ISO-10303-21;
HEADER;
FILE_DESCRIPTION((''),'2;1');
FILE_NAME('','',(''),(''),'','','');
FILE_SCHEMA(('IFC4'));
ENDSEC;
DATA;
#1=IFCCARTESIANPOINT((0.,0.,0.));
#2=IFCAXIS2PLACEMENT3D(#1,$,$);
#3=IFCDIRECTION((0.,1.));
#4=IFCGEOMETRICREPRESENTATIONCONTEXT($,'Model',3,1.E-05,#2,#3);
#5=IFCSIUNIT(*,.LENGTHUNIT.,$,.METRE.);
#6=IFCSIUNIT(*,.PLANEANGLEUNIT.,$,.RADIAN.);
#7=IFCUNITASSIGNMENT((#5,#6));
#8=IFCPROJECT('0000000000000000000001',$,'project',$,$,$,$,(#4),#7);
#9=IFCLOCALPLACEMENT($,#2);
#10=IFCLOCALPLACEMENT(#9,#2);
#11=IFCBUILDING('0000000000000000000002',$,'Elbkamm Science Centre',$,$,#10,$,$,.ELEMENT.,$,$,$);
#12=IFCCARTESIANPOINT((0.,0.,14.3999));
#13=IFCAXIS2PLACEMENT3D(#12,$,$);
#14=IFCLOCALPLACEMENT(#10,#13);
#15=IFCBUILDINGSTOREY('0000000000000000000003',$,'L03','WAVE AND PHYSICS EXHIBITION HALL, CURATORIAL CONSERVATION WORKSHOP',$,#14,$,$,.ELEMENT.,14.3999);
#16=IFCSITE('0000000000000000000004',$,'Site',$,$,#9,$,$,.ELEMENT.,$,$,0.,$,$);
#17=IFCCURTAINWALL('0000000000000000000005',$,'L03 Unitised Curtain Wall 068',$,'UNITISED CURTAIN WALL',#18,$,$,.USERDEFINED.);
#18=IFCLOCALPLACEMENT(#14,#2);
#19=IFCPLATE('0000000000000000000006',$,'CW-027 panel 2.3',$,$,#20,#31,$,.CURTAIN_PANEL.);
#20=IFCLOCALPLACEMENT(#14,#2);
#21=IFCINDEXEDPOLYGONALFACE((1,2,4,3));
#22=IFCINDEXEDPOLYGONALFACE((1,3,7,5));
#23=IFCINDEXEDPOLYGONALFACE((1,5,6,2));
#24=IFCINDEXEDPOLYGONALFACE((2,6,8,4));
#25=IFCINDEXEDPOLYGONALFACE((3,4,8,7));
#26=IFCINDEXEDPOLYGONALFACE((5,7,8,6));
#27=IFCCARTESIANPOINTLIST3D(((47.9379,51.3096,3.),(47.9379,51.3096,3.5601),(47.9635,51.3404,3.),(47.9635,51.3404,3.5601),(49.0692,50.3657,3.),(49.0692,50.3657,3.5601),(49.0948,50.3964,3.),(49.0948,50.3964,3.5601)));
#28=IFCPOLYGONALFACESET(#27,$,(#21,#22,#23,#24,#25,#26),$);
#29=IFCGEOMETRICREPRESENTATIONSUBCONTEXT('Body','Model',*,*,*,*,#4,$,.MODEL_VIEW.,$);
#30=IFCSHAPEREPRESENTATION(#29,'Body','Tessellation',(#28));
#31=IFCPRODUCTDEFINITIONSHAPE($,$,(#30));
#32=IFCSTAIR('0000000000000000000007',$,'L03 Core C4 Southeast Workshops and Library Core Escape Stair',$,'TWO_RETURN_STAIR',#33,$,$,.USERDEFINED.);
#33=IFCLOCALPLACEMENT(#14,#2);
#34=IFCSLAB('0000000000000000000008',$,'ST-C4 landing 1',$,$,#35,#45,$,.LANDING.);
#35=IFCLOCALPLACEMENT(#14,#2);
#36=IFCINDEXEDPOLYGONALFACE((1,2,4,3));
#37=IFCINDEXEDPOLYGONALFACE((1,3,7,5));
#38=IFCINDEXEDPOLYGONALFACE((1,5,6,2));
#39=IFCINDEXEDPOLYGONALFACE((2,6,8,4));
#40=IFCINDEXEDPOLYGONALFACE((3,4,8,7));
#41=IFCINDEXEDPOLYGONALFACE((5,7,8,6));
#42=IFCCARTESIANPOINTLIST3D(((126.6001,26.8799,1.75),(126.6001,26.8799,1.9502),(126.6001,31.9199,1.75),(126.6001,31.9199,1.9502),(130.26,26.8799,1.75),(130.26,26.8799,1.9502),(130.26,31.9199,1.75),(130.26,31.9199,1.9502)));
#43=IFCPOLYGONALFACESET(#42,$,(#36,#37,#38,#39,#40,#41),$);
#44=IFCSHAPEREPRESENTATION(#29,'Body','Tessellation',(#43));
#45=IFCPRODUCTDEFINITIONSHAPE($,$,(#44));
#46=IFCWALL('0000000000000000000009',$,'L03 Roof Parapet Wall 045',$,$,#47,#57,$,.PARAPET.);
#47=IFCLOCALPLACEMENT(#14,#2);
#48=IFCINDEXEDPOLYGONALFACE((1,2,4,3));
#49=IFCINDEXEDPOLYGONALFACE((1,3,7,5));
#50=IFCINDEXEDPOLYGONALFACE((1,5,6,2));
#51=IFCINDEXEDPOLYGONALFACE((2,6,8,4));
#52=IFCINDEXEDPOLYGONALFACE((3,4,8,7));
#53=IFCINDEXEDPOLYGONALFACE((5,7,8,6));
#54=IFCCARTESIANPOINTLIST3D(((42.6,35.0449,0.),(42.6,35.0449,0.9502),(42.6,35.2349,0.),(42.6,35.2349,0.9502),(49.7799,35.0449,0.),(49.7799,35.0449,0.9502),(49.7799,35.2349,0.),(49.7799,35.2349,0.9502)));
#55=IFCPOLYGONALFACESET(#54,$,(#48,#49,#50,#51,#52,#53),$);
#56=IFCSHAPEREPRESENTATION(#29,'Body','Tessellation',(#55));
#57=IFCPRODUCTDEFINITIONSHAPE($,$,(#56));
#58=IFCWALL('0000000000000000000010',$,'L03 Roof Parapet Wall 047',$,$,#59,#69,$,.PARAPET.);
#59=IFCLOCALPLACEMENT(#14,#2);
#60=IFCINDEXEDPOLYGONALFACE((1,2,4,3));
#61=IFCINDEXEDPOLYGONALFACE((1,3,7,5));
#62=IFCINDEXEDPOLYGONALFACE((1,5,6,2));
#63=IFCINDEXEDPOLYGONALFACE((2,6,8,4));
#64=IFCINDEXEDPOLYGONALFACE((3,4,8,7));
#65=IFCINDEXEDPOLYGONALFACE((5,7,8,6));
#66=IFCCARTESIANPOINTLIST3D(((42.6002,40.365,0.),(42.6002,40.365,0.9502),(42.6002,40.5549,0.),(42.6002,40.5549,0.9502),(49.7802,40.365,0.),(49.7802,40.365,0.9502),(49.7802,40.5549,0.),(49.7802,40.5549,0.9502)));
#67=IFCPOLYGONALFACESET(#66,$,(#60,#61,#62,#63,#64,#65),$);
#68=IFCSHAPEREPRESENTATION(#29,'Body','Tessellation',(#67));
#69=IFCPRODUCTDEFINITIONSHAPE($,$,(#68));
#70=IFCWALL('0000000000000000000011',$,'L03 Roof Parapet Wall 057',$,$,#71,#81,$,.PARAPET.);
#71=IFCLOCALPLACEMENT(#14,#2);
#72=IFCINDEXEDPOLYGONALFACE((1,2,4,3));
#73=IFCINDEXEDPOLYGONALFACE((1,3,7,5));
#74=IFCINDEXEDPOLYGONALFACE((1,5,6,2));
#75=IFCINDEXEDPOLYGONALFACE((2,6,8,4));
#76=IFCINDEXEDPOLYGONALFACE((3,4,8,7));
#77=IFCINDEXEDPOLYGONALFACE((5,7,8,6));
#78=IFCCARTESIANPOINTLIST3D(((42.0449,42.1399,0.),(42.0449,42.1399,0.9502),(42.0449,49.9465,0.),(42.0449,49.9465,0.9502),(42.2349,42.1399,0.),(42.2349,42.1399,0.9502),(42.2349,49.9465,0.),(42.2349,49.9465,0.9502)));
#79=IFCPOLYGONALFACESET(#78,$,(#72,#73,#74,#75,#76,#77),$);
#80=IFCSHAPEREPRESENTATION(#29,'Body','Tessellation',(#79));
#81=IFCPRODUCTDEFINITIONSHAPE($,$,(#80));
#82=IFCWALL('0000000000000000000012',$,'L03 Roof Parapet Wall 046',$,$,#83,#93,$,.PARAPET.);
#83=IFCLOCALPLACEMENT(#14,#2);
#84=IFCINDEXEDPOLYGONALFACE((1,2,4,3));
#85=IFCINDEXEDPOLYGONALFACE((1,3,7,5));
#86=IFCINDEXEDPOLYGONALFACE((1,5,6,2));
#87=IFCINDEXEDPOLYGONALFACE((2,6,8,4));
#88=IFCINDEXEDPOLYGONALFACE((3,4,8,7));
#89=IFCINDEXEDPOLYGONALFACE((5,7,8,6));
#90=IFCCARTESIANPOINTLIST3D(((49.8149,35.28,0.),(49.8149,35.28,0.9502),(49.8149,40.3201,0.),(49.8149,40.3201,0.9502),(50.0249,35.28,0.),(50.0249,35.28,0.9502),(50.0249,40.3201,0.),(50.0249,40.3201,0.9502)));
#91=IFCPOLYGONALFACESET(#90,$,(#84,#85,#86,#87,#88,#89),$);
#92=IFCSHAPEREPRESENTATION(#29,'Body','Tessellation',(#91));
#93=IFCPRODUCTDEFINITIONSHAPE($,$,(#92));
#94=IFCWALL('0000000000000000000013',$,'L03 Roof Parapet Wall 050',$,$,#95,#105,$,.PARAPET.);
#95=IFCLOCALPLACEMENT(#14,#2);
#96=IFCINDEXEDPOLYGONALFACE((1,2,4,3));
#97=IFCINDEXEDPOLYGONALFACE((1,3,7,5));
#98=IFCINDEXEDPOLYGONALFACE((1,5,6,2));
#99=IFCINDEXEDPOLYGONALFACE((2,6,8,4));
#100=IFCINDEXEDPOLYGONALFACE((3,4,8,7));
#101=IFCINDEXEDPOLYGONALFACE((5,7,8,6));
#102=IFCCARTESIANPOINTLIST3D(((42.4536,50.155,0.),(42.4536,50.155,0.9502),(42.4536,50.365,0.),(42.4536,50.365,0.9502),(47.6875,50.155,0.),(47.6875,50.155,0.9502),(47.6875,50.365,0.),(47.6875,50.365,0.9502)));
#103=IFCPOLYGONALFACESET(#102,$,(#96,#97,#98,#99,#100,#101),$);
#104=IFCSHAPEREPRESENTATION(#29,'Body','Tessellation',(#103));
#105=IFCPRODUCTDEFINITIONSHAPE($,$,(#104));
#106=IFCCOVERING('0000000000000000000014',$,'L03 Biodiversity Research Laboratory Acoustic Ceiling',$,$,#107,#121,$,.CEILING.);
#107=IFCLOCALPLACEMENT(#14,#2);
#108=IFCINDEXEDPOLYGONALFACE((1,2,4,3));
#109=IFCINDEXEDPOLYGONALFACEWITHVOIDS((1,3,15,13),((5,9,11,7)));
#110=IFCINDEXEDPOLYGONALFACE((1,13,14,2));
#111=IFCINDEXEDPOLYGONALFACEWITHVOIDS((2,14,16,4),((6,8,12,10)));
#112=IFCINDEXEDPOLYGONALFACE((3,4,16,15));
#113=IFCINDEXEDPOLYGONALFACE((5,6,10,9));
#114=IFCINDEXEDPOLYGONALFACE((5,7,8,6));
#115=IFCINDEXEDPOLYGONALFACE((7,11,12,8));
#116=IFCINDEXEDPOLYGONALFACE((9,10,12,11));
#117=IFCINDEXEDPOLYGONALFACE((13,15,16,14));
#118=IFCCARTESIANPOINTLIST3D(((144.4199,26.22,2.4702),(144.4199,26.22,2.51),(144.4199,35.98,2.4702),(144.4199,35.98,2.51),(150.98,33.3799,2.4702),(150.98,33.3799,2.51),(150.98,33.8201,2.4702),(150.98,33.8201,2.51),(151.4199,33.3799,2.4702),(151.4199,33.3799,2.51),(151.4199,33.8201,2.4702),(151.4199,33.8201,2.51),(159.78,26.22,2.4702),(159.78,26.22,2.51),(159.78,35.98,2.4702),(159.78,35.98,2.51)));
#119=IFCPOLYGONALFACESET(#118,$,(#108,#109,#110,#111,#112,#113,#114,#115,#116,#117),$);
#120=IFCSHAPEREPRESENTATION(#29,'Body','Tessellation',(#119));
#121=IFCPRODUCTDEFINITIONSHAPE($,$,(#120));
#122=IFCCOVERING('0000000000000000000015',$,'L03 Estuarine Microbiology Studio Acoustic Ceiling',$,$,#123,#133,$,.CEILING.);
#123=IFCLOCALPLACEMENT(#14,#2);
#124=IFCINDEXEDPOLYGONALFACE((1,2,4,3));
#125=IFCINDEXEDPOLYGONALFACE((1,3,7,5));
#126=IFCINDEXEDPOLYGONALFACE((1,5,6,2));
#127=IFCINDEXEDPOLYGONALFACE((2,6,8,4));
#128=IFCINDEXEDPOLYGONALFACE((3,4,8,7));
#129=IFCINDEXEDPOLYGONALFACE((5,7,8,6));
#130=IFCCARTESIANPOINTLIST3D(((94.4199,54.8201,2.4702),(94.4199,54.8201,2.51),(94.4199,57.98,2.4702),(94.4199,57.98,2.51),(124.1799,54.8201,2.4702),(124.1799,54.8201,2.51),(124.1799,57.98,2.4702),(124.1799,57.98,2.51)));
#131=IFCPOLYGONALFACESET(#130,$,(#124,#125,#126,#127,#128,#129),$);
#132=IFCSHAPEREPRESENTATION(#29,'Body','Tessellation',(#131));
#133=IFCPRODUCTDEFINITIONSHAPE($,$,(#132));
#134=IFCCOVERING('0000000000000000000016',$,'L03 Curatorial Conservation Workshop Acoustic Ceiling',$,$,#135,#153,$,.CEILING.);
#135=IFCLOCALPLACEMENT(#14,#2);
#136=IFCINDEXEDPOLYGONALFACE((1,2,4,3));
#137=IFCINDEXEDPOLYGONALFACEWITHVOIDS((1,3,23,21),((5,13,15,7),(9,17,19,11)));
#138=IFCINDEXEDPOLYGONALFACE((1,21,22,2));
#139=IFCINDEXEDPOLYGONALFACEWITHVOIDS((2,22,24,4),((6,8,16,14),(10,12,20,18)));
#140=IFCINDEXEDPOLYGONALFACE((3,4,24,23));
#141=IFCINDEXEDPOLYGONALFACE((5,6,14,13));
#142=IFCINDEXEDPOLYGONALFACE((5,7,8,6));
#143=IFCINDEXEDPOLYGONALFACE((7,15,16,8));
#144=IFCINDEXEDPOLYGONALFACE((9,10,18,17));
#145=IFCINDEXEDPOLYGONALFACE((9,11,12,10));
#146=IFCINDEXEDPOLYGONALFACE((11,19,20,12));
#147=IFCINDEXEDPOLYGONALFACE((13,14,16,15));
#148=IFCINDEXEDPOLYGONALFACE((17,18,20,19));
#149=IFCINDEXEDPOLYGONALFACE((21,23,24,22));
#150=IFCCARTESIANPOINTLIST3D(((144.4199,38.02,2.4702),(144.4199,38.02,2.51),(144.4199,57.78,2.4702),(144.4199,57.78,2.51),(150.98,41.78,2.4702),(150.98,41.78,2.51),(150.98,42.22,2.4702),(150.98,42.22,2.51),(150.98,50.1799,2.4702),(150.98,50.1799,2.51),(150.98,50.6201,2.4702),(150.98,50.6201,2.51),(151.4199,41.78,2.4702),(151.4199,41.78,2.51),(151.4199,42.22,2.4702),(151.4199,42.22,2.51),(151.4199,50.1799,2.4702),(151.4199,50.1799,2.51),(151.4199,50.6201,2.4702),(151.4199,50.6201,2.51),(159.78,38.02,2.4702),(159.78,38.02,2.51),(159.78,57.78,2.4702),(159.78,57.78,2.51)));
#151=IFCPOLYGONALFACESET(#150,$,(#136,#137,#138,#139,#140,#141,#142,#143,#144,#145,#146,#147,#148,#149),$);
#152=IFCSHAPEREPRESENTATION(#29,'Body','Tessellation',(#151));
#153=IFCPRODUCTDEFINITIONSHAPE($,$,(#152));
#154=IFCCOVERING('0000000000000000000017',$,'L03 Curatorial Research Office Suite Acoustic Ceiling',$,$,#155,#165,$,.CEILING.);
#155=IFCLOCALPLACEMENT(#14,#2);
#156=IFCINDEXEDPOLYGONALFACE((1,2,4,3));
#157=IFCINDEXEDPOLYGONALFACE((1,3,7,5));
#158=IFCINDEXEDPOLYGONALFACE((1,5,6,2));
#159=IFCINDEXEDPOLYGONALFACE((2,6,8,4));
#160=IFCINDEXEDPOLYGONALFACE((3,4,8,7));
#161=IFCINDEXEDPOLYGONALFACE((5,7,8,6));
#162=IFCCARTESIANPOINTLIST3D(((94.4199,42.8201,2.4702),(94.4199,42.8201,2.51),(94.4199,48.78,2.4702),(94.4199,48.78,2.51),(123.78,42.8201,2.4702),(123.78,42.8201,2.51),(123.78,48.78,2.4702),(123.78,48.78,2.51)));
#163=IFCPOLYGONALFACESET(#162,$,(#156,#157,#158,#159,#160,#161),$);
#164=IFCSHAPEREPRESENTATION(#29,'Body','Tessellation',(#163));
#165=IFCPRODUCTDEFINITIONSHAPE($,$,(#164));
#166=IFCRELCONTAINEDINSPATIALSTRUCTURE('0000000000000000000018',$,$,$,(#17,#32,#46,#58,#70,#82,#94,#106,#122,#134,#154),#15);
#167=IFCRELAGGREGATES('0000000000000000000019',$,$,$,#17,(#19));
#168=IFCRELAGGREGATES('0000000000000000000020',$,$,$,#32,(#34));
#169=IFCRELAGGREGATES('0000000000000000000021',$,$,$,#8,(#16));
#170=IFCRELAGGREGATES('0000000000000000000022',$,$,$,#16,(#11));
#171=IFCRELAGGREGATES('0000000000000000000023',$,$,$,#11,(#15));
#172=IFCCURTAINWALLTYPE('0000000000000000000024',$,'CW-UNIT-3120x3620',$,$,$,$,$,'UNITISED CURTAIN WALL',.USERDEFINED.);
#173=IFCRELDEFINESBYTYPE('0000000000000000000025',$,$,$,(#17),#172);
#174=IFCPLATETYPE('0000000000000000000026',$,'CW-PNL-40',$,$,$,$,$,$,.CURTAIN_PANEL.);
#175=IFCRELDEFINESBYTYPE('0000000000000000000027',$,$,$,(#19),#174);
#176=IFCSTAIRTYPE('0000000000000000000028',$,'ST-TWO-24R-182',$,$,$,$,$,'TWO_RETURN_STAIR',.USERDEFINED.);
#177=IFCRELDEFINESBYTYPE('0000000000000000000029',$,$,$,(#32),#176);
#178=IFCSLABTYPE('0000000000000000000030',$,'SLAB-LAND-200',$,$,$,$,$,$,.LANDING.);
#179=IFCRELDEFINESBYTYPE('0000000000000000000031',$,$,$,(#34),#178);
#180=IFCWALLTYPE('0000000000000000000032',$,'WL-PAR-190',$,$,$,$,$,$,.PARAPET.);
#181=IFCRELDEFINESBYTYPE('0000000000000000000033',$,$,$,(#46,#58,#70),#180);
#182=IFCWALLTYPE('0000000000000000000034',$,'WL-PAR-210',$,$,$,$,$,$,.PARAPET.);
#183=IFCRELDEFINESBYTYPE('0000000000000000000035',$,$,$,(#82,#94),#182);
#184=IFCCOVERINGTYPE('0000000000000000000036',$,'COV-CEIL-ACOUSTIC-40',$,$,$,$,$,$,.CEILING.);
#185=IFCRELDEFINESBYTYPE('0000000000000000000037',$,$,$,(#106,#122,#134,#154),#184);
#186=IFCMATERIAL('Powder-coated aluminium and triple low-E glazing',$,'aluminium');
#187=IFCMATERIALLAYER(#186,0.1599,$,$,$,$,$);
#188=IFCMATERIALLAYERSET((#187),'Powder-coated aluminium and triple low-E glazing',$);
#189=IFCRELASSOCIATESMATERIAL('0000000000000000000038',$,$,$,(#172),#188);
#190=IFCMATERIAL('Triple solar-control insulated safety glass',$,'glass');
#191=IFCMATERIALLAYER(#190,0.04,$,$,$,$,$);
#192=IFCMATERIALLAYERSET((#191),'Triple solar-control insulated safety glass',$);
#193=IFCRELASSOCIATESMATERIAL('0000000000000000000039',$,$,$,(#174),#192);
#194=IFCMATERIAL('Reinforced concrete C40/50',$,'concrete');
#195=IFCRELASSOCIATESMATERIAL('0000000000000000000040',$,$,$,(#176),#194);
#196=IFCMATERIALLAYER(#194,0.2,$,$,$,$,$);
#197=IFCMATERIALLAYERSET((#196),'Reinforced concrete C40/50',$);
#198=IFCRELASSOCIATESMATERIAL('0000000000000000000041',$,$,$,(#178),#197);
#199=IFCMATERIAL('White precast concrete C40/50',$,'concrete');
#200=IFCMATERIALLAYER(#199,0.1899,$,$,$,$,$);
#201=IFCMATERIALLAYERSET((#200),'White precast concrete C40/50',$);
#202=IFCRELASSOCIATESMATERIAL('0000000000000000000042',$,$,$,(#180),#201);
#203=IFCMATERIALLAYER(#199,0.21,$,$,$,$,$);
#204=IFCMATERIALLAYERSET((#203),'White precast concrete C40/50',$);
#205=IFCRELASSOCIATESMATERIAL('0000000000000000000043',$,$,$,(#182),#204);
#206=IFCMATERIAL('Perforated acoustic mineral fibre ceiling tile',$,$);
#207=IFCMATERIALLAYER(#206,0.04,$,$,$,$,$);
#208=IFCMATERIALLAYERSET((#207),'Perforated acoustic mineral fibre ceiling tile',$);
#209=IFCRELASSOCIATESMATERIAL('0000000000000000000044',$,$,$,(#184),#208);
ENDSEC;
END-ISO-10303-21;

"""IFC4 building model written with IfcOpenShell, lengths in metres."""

from ifc_helpers import new_model, si_unit, direction, frame, frame_2d, origin, origin_2d, place, context, subcontext, project, spatial, polyline, rectangle, outline, extrude, material, layer, layer_set, type_object, element, aggregate, save


model = new_model("IFC4")

# Units and contexts
model_context = context("Model", 3, precision=1e-05, world=origin(), true_north=direction((0.0, 1.0)))
body_context = subcontext(model_context, "Body", "Model", "MODEL_VIEW")
ifc_project = project(units=[si_unit("LENGTHUNIT", "METRE"), si_unit("PLANEANGLEUNIT", "RADIAN")], contexts=[model_context])

# Site, building, storey
site_placement = place(None, origin())
site = spatial("IfcSite", under=ifc_project, at=site_placement, Name="Site", CompositionType="ELEMENT", RefElevation=0.0)
building_placement = place(site_placement, origin())
building = spatial("IfcBuilding", under=site, at=building_placement, Name="Elbkamm Science Centre", CompositionType="ELEMENT")
storey_placement = place(building_placement, frame((0.0, 0.0, 14.3999)))
storey = spatial("IfcBuildingStorey", under=building, at=storey_placement, Name="L03", Description="WAVE AND PHYSICS EXHIBITION HALL, CURATORIAL CONSERVATION WORKSHOP", CompositionType="ELEMENT", Elevation=14.3999)

# Curtain wall, plate
ifc_material_1 = material(Name="Powder-coated aluminium and triple low-E glazing", Category="aluminium")
ifc_layer_1 = layer(ifc_material_1, 0.1599)
ifc_layer_set_1 = layer_set([ifc_layer_1], Name="Powder-coated aluminium and triple low-E glazing")
curtain_wall_type = type_object("IfcCurtainWallType", Name="CW-UNIT-3120x3620", ElementType="UNITISED CURTAIN WALL", PredefinedType="USERDEFINED", material=ifc_layer_set_1)
curtain_wall_placement = place(storey_placement, origin())
curtain_wall = element("IfcCurtainWall", 1, at=curtain_wall_placement, inside=storey, type_object=curtain_wall_type, Name="L03 Unitised Curtain Wall 068", ObjectType="UNITISED CURTAIN WALL", PredefinedType="USERDEFINED")
ifc_material_2 = material(Name="Triple solar-control insulated safety glass", Category="glass")
ifc_layer_2 = layer(ifc_material_2, 0.04)
ifc_layer_set_2 = layer_set([ifc_layer_2], Name="Triple solar-control insulated safety glass")
plate_type = type_object("IfcPlateType", Name="CW-PNL-40", PredefinedType="CURTAIN_PANEL", material=ifc_layer_set_2)
plate_1_placement = place(storey_placement, frame((48.5164, 50.853, 3.0), z_axis=(0.0, 0.0, 1.0), x_axis=(0.767836, -0.640647, 0.0)))
plate_1 = element("IfcPlate", 2, at=plate_1_placement, type_object=plate_type, Name="CW-027 panel 2.3", PredefinedType="CURTAIN_PANEL", context=body_context, shape_type="SweptSolid", body=[
    extrude(rectangle(XDim=1.4734, YDim=0.04, at=origin_2d()), origin(), (0.0, 0.0, 1.0), 0.5601),
])
aggregate(curtain_wall, [plate_1])

# Stair, slab
ifc_material_3 = material(Name="Reinforced concrete C40/50", Category="concrete")
stair_type = type_object("IfcStairType", Name="ST-TWO-24R-182", ElementType="TWO_RETURN_STAIR", PredefinedType="USERDEFINED", material=ifc_material_3)
stair_placement = place(storey_placement, origin())
stair = element("IfcStair", 3, at=stair_placement, inside=storey, type_object=stair_type, Name="L03 Core C4 Southeast Workshops and Library Core Escape Stair", ObjectType="TWO_RETURN_STAIR", PredefinedType="USERDEFINED")
ifc_layer_3 = layer(ifc_material_3, 0.2)
ifc_layer_set_3 = layer_set([ifc_layer_3], Name="Reinforced concrete C40/50")
slab_type = type_object("IfcSlabType", Name="SLAB-LAND-200", PredefinedType="LANDING", material=ifc_layer_set_3)
slab_placement = place(storey_placement, frame((0.0, 0.0, 1.75)))
slab = element("IfcSlab", 4, at=slab_placement, type_object=slab_type, Name="ST-C4 landing 1", PredefinedType="LANDING", context=body_context, shape_type="SweptSolid", body=[
    extrude(outline(polyline([(130.26, 31.9199), (126.6001, 31.9199), (126.6001, 26.8799), (130.26, 26.8799), (130.26, 31.9199)])), origin(), (0.0, 0.0, 1.0), 0.2002),
])
aggregate(stair, [slab])

# Walls
ifc_material_4 = material(Name="White precast concrete C40/50", Category="concrete")
ifc_layer_4 = layer(ifc_material_4, 0.1899)
ifc_layer_set_4 = layer_set([ifc_layer_4], Name="White precast concrete C40/50")
wall_type_1 = type_object("IfcWallType", Name="WL-PAR-190", PredefinedType="PARAPET", material=ifc_layer_set_4)
for number, where, z_axis, x_axis, name in (
    (5, (42.6001, 35.1399, 0.0), (0.0, 0.0, 1.0), (1.0, 0.0, 0.0), "L03 Roof Parapet Wall 045"),
    (6, (49.78, 40.46, 0.0), (0.0, 0.0, 1.0), (-1.0, 0.0, 0.0), "L03 Roof Parapet Wall 047"),
):
    element("IfcWall", number, at=place(storey_placement, frame(where, z_axis=z_axis, x_axis=x_axis)), inside=storey, type_object=wall_type_1, Name=name, PredefinedType="PARAPET", context=body_context, shape_type="SweptSolid", body=[
        extrude(rectangle(XDim=7.1799, YDim=0.1899, at=frame_2d((3.5898, 0.0))), origin(), (0.0, 0.0, 1.0), 0.9502),
    ])
wall_1_placement = place(storey_placement, frame((42.1399, 42.1399, 0.0), z_axis=(0.0, 0.0, 1.0), x_axis=(0.0, 1.0, 0.0)))
element("IfcWall", 7, at=wall_1_placement, inside=storey, type_object=wall_type_1, Name="L03 Roof Parapet Wall 057", PredefinedType="PARAPET", context=body_context, shape_type="SweptSolid", body=[
    extrude(rectangle(XDim=7.8066, YDim=0.1899, at=frame_2d((3.9033, 0.0))), origin(), (0.0, 0.0, 1.0), 0.9502),
])
ifc_layer_5 = layer(ifc_material_4, 0.21)
ifc_layer_set_5 = layer_set([ifc_layer_5], Name="White precast concrete C40/50")
wall_type_2 = type_object("IfcWallType", Name="WL-PAR-210", PredefinedType="PARAPET", material=ifc_layer_set_5)
wall_2_placement = place(storey_placement, frame((49.9199, 35.28, 0.0), z_axis=(0.0, 0.0, 1.0), x_axis=(0.0, 1.0, 0.0)))
element("IfcWall", 8, at=wall_2_placement, inside=storey, type_object=wall_type_2, Name="L03 Roof Parapet Wall 046", PredefinedType="PARAPET", context=body_context, shape_type="SweptSolid", body=[
    extrude(rectangle(XDim=5.04, YDim=0.21, at=frame_2d((2.52, 0.0))), origin(), (0.0, 0.0, 1.0), 0.9502),
])
wall_3_placement = place(storey_placement, frame((42.4536, 50.26, 0.0), z_axis=(0.0, 0.0, 1.0), x_axis=(1.0, 0.0, 0.0)))
element("IfcWall", 9, at=wall_3_placement, inside=storey, type_object=wall_type_2, Name="L03 Roof Parapet Wall 050", PredefinedType="PARAPET", context=body_context, shape_type="SweptSolid", body=[
    extrude(rectangle(XDim=5.2339, YDim=0.21, at=frame_2d((2.6169, 0.0))), origin(), (0.0, 0.0, 1.0), 0.9502),
])

# Coverings
ifc_material_5 = material(Name="Perforated acoustic mineral fibre ceiling tile")
ifc_layer_6 = layer(ifc_material_5, 0.04)
ifc_layer_set_6 = layer_set([ifc_layer_6], Name="Perforated acoustic mineral fibre ceiling tile")
covering_type_1 = type_object("IfcCoveringType", Name="COV-CEIL-ACOUSTIC-40", PredefinedType="CEILING", material=ifc_layer_set_6)
covering_1_placement = place(storey_placement, frame((0.0, 0.0, 2.4702)))
element("IfcCovering", 10, at=covering_1_placement, inside=storey, type_object=covering_type_1, Name="L03 Biodiversity Research Laboratory Acoustic Ceiling", PredefinedType="CEILING", context=body_context, shape_type="SweptSolid", body=[
    extrude(outline(polyline([(144.4199, 35.98), (159.78, 35.98), (159.78, 26.22), (144.4199, 26.22), (144.4199, 35.98)]), holes=[polyline([(151.4199, 33.8201), (150.98, 33.8201), (150.98, 33.3799), (151.4199, 33.3799), (151.4199, 33.8201)])]), origin(), (0.0, 0.0, 1.0), 0.0398),
])
covering_2_placement = place(storey_placement, frame((0.0, 0.0, 2.4702)))
element("IfcCovering", 11, at=covering_2_placement, inside=storey, type_object=covering_type_1, Name="L03 Estuarine Microbiology Studio Acoustic Ceiling", PredefinedType="CEILING", context=body_context, shape_type="SweptSolid", body=[
    extrude(outline(polyline([(94.4199, 57.98), (124.1799, 57.98), (124.1799, 54.8201), (94.4199, 54.8201), (94.4199, 57.98)])), origin(), (0.0, 0.0, 1.0), 0.0398),
])
covering_3_placement = place(storey_placement, frame((0.0, 0.0, 2.4702)))
element("IfcCovering", 12, at=covering_3_placement, inside=storey, type_object=covering_type_1, Name="L03 Curatorial Conservation Workshop Acoustic Ceiling", PredefinedType="CEILING", context=body_context, shape_type="SweptSolid", body=[
    extrude(outline(polyline([(144.4199, 57.78), (159.78, 57.78), (159.78, 38.02), (144.4199, 38.02), (144.4199, 57.78)]), holes=[polyline([(151.4199, 41.78), (151.4199, 42.22), (150.98, 42.22), (150.98, 41.78), (151.4199, 41.78)]), polyline([(150.98, 50.1799), (151.4199, 50.1799), (151.4199, 50.6201), (150.98, 50.6201), (150.98, 50.1799)])]), origin(), (0.0, 0.0, 1.0), 0.0398),
])
covering_4_placement = place(storey_placement, frame((0.0, 0.0, 2.4702)))
element("IfcCovering", 13, at=covering_4_placement, inside=storey, type_object=covering_type_1, Name="L03 Curatorial Research Office Suite Acoustic Ceiling", PredefinedType="CEILING", context=body_context, shape_type="SweptSolid", body=[
    extrude(outline(polyline([(94.4199, 48.78), (123.78, 48.78), (123.78, 42.8201), (94.4199, 42.8201), (94.4199, 48.78)])), origin(), (0.0, 0.0, 1.0), 0.0398),
])

save(model, "model.ifc")
